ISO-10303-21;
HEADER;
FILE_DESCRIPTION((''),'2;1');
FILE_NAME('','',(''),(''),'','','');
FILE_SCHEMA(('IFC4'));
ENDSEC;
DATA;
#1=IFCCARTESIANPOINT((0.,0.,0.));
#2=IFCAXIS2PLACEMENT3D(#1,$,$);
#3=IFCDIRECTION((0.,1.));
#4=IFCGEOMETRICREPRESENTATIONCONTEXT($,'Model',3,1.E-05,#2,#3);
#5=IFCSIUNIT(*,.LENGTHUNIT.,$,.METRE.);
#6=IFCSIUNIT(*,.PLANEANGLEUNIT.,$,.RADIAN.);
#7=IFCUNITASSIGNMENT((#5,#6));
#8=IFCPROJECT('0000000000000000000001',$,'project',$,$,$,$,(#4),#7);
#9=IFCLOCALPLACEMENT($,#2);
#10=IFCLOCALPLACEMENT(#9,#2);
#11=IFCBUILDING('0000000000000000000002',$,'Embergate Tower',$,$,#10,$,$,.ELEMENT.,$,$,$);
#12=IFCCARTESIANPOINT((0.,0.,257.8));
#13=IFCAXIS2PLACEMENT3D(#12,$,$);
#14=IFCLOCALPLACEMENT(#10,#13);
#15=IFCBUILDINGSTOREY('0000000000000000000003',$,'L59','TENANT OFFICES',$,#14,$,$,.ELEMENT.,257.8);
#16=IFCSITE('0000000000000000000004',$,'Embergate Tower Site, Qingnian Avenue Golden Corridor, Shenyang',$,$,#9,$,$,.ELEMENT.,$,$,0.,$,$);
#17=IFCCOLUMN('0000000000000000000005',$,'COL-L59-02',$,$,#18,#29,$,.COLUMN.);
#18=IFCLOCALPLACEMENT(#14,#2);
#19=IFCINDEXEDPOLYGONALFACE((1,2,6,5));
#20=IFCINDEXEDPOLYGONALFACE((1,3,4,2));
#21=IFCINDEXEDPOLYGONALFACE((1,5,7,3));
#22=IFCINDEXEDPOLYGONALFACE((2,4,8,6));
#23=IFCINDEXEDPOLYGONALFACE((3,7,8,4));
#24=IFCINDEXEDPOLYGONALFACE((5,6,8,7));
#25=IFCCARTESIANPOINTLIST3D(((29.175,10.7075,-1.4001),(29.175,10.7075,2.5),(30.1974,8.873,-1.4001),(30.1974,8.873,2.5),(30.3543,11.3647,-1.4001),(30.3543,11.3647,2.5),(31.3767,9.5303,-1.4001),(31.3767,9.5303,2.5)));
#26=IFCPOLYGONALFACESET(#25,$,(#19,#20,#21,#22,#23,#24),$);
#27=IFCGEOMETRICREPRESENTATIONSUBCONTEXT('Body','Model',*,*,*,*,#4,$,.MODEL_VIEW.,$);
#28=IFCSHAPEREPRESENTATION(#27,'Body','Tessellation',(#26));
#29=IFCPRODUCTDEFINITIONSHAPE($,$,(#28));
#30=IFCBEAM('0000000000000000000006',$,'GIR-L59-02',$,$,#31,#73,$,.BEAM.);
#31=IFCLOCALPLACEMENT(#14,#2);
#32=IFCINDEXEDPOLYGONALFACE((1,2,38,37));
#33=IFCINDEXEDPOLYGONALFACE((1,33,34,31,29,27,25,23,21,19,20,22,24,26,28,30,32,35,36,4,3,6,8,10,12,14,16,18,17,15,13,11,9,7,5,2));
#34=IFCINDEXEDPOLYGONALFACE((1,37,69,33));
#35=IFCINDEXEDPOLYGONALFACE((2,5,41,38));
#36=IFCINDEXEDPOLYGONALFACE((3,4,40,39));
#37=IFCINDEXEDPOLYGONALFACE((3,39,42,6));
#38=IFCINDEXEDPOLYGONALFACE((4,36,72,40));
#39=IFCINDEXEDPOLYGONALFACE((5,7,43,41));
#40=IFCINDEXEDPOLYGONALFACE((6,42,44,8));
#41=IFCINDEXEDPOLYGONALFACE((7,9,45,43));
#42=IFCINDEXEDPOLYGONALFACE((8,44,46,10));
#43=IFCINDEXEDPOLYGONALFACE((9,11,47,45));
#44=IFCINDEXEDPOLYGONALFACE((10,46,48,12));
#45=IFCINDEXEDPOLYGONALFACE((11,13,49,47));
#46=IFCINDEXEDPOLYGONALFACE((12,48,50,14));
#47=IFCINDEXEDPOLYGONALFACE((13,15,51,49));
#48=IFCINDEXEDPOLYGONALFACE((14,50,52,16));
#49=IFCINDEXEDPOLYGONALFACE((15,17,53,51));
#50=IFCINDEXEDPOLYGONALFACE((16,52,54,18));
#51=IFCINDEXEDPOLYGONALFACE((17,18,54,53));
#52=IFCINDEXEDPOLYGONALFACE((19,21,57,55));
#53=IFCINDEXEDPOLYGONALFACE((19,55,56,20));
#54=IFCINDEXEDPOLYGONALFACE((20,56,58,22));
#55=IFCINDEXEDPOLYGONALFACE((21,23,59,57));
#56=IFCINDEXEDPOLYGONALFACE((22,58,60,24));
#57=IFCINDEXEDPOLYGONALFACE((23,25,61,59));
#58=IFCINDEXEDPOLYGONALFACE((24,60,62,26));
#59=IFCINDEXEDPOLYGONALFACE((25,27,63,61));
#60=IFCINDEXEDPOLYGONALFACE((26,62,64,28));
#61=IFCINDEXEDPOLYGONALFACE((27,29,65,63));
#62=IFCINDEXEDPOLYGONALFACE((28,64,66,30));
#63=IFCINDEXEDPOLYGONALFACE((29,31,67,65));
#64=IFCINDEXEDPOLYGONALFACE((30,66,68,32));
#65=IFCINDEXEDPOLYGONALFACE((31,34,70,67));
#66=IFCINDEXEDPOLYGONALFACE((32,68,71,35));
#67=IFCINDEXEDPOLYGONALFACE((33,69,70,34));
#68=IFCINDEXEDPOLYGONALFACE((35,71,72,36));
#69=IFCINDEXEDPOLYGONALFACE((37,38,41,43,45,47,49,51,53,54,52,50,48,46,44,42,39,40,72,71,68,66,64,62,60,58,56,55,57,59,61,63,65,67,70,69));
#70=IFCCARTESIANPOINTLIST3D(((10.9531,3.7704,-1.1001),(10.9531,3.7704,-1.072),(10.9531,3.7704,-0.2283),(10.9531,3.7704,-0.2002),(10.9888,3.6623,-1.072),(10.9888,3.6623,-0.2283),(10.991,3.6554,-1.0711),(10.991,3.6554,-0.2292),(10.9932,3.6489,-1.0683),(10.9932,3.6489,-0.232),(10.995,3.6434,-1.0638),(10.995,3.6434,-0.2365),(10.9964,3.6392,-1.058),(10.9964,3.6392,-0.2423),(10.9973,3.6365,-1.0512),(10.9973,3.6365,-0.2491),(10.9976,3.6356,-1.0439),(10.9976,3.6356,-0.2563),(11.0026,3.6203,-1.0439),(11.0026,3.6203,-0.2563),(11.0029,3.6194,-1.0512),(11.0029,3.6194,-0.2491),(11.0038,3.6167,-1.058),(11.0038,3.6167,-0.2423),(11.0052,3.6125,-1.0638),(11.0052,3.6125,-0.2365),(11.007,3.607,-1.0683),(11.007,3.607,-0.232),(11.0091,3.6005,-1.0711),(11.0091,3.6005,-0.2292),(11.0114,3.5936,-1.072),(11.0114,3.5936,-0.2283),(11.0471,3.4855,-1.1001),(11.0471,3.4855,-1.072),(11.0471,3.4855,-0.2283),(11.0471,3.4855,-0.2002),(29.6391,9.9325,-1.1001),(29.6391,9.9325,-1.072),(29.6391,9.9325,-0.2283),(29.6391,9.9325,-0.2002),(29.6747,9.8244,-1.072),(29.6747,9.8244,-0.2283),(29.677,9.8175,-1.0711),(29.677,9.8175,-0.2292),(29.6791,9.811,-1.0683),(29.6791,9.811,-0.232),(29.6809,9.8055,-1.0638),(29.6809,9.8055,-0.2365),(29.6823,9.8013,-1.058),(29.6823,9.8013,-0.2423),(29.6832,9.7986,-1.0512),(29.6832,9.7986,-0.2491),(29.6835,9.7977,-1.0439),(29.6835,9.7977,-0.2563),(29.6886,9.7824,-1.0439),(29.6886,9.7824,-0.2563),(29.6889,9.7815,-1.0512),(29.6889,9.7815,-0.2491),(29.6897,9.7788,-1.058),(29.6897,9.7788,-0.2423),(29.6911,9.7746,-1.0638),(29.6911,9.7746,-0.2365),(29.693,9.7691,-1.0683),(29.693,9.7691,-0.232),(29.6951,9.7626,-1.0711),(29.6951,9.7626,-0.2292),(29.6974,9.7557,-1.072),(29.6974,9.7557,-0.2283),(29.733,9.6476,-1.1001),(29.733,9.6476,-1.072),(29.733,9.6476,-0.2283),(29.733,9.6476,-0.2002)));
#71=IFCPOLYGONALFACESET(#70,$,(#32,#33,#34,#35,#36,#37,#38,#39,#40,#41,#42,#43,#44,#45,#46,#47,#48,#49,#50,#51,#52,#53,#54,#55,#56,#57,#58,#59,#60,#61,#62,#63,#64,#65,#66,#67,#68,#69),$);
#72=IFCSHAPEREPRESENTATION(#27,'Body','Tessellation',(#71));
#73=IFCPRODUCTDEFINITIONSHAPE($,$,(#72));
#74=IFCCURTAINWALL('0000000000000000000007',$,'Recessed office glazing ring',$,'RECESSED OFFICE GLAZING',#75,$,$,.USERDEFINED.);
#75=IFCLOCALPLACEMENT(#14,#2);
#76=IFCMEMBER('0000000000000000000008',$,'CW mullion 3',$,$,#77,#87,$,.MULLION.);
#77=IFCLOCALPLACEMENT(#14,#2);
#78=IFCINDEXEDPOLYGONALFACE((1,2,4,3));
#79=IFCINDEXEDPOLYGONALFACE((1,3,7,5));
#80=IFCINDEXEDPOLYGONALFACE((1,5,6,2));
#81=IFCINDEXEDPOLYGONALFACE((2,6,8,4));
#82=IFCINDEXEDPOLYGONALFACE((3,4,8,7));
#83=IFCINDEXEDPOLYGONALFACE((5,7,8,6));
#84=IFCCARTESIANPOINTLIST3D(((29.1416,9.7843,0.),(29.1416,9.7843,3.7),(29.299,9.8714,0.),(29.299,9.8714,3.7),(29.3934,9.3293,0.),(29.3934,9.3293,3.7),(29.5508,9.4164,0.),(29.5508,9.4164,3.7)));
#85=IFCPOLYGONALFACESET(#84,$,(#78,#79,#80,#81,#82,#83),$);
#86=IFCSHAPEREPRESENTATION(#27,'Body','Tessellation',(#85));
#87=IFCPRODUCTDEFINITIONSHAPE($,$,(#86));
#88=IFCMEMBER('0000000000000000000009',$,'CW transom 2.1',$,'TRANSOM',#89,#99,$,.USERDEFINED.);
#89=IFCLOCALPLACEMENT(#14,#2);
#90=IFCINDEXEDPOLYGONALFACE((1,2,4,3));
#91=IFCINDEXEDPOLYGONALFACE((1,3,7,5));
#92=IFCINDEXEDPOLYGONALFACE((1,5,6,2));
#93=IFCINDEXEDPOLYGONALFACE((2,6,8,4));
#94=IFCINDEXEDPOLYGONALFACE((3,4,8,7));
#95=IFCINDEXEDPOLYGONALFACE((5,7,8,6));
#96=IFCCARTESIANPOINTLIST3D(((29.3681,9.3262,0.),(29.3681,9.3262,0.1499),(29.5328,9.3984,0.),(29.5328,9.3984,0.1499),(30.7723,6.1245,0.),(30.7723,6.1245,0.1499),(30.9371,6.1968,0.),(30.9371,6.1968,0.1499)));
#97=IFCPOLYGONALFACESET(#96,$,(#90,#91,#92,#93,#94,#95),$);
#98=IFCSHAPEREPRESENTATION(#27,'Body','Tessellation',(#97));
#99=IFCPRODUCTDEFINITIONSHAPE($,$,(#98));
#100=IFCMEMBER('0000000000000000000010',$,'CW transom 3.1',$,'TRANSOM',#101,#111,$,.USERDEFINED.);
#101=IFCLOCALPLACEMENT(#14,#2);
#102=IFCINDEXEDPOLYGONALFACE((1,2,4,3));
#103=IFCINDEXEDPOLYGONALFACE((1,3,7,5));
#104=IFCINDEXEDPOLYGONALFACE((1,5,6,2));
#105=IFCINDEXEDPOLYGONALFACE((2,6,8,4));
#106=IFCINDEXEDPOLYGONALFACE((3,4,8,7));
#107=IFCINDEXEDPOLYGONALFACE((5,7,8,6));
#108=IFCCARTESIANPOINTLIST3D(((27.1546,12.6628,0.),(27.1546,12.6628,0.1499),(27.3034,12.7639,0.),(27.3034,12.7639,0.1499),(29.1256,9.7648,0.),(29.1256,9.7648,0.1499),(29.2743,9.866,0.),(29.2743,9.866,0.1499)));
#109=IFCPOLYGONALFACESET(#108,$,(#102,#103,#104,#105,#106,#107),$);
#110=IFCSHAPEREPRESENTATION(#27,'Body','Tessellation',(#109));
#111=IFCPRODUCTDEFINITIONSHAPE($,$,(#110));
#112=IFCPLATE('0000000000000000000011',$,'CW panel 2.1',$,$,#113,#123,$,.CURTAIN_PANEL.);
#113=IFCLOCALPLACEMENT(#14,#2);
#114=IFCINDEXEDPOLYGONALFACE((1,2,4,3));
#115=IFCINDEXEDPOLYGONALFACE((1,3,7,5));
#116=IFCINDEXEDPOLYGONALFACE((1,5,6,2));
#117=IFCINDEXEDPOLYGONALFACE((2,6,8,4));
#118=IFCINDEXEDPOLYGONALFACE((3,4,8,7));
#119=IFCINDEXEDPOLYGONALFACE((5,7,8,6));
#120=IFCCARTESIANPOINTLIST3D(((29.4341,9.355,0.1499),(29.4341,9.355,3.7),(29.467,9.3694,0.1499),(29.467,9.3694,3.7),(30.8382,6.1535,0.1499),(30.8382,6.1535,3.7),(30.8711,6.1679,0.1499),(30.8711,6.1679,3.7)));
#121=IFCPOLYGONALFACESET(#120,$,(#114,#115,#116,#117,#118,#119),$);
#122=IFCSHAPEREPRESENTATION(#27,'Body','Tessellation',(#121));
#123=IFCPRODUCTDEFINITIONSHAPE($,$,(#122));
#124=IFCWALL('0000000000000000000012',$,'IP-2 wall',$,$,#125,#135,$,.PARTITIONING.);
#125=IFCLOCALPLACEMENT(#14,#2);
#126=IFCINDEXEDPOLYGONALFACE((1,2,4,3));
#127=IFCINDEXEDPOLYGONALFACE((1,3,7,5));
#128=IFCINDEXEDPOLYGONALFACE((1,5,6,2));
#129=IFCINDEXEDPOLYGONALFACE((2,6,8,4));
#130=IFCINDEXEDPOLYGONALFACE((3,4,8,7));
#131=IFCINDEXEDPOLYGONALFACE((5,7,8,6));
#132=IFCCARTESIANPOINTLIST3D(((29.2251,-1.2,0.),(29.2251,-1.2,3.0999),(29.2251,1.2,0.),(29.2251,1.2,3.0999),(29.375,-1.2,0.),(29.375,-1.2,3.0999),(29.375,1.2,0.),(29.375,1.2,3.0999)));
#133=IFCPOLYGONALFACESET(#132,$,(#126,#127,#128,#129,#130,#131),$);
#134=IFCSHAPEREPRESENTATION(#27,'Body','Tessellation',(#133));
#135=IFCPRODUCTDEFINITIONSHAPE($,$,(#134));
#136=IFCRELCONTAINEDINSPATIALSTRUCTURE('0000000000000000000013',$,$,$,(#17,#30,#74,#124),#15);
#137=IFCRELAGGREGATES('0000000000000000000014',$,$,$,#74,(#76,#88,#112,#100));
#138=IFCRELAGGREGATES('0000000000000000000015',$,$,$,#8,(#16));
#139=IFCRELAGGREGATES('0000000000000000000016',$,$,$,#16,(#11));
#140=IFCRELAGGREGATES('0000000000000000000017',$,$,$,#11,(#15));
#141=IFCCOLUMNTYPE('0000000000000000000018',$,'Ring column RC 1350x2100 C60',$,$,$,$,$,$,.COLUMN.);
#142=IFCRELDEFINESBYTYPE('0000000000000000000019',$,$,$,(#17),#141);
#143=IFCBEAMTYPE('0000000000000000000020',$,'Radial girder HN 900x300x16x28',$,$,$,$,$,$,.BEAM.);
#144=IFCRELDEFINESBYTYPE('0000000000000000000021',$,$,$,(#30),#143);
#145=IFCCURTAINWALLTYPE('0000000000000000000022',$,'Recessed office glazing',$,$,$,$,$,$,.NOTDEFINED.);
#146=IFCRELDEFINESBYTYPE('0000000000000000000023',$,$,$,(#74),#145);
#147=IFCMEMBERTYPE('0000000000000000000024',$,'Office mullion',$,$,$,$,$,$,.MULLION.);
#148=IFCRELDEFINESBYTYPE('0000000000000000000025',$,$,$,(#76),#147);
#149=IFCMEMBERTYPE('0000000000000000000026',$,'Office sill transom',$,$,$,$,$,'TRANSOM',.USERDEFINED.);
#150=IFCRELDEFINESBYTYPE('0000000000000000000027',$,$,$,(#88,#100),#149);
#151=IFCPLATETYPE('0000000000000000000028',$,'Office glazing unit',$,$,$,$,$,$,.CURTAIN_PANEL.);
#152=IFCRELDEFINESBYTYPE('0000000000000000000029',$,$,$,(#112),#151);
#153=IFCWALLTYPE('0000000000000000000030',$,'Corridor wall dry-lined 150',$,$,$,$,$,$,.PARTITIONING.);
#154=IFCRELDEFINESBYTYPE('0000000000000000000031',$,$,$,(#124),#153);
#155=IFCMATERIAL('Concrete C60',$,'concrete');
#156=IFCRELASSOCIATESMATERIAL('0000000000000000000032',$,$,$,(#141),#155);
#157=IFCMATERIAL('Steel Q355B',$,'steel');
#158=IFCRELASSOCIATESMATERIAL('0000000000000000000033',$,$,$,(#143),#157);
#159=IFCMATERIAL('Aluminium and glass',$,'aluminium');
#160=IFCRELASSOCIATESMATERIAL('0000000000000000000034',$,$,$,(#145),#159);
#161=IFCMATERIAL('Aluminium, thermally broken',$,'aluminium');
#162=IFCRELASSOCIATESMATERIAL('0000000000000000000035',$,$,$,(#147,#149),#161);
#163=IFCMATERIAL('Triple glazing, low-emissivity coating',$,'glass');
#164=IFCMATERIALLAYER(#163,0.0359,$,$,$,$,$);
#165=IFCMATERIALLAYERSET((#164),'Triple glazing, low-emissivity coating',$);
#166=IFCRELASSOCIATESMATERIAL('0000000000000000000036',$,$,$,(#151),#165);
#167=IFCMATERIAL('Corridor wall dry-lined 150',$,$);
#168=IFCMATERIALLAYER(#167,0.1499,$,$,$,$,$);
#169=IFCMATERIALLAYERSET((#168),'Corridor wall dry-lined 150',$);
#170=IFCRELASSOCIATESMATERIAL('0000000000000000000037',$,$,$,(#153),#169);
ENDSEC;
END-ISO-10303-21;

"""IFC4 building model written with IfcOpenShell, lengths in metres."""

from ifc_helpers import new_model, si_unit, direction, frame, frame_2d, origin, origin_2d, place, context, subcontext, project, spatial, rectangle, i_section, extrude, source, transform, mapped, material, layer, layer_set, material_profile, profile_set, type_object, element, aggregate, save


model = new_model("IFC4")

# Units and contexts
model_context = context("Model", 3, precision=1e-05, world=origin(), true_north=direction((0.0, 1.0)))
body_context = subcontext(model_context, "Body", "Model", "MODEL_VIEW")
ifc_project = project(units=[si_unit("LENGTHUNIT", "METRE"), si_unit("PLANEANGLEUNIT", "RADIAN")], contexts=[model_context])

# Site, building, storey
site_placement = place(None, origin())
site = spatial("IfcSite", under=ifc_project, at=site_placement, Name="Embergate Tower Site, Qingnian Avenue Golden Corridor, Shenyang", CompositionType="ELEMENT", RefElevation=0.0)
building_placement = place(site_placement, origin())
building = spatial("IfcBuilding", under=site, at=building_placement, Name="Embergate Tower", CompositionType="ELEMENT")
storey_placement = place(building_placement, frame((0.0, 0.0, 257.8)))
storey = spatial("IfcBuildingStorey", under=building, at=storey_placement, Name="L59", Description="TENANT OFFICES", CompositionType="ELEMENT", Elevation=257.8)

# Column
ifc_material_1 = material(Name="Concrete C60", Category="concrete")
ifc_material_profile_1 = material_profile(ifc_material_1, rectangle(XDim=1.3501, YDim=2.1001, at=origin_2d()), Name="RC 1350x2100")
ifc_profile_set_1 = profile_set([ifc_material_profile_1], Name="Concrete C60")
column_type = type_object("IfcColumnType", Name="Ring column RC 1350x2100 C60", PredefinedType="COLUMN", material=ifc_profile_set_1)
shared_shape_1 = source(origin(), body_context, "Body", "SweptSolid", [
    extrude(rectangle(XDim=1.3501, YDim=2.1001, at=origin_2d()), origin(), (0.0, 0.0, 1.0), 3.9001),
])
column_placement = place(storey_placement, frame((30.2759, 10.1189, -1.4001), z_axis=(0.0, 0.0, 1.0), x_axis=(0.873492, 0.486839, 0.0)))
element("IfcColumn", 1, at=column_placement, inside=storey, type_object=column_type, Name="COL-L59-02", PredefinedType="COLUMN", context=body_context, shape_type="MappedRepresentation", body=[
    mapped(shared_shape_1, transform((0.0, 0.0, 0.0))),
])

# Beam
ifc_material_2 = material(Name="Steel Q355B", Category="steel")
ifc_material_profile_2 = material_profile(ifc_material_2, i_section(OverallWidth=0.3, OverallDepth=0.8999, WebThickness=0.0161, FlangeThickness=0.0281, FilletRadius=0.0281, at=origin_2d()), Name="HN 900x300x16x28")
ifc_profile_set_2 = profile_set([ifc_material_profile_2], Name="Steel Q355 grade B")
beam_type = type_object("IfcBeamType", Name="Radial girder HN 900x300x16x28", PredefinedType="BEAM", material=ifc_profile_set_2)
shared_shape_2 = source(origin(), body_context, "Body", "SweptSolid", [
    extrude(i_section(OverallWidth=0.3, OverallDepth=0.8999, WebThickness=0.0161, FlangeThickness=0.0281, FilletRadius=0.0281, at=origin_2d()), origin(), (0.0, 0.0, 1.0), 19.6758),
])
beam_placement = place(storey_placement, frame((29.686, 9.79, -0.6501), z_axis=(-0.949693, -0.313181, 0.0), x_axis=(0.313181, -0.949693, 0.0)))
element("IfcBeam", 2, at=beam_placement, inside=storey, type_object=beam_type, Name="GIR-L59-02", PredefinedType="BEAM", context=body_context, shape_type="MappedRepresentation", body=[
    mapped(shared_shape_2, transform((0.0, 0.0, 0.0))),
])

# Curtain wall, members, plate
ifc_material_3 = material(Name="Aluminium and glass", Category="aluminium")
curtain_wall_type = type_object("IfcCurtainWallType", Name="Recessed office glazing", PredefinedType="NOTDEFINED", material=ifc_material_3)
curtain_wall_placement = place(storey_placement, origin())
curtain_wall = element("IfcCurtainWall", 3, at=curtain_wall_placement, inside=storey, type_object=curtain_wall_type, Name="Recessed office glazing ring", ObjectType="RECESSED OFFICE GLAZING", PredefinedType="USERDEFINED")
ifc_material_4 = material(Name="Aluminium, thermally broken", Category="aluminium")
ifc_material_profile_3 = material_profile(ifc_material_4, rectangle(XDim=0.1799, YDim=0.52, at=origin_2d()), Name="AL 520x180")
ifc_profile_set_3 = profile_set([ifc_material_profile_3], Name="Aluminium, thermally broken")
member_type_1 = type_object("IfcMemberType", Name="Office mullion", PredefinedType="MULLION", material=ifc_profile_set_3)
shared_shape_3 = source(origin(), body_context, "Body", "SweptSolid", [
    extrude(rectangle(XDim=0.1799, YDim=0.52, at=origin_2d()), origin(), (0.0, 0.0, 1.0), 3.7),
])
member_1_placement = place(storey_placement, frame((29.3462, 9.6003, 0.0), z_axis=(0.0, 0.0, 1.0), x_axis=(-0.874994, -0.484133, 0.0)))
member_1 = element("IfcMember", 4, at=member_1_placement, type_object=member_type_1, Name="CW mullion 3", PredefinedType="MULLION", context=body_context, shape_type="MappedRepresentation", body=[
    mapped(shared_shape_3, transform((0.0, 0.0, 0.0))),
])
ifc_material_profile_4 = material_profile(ifc_material_4, rectangle(XDim=0.1799, YDim=0.1499, at=origin_2d()), Name="AL 150x180")
ifc_profile_set_4 = profile_set([ifc_material_profile_4], Name="Aluminium, thermally broken")
member_type_2 = type_object("IfcMemberType", Name="Office sill transom", ElementType="TRANSOM", PredefinedType="USERDEFINED", material=ifc_profile_set_4)
shared_shape_4 = source(origin(), body_context, "Body", "SweptSolid", [
    extrude(rectangle(XDim=0.1799, YDim=0.1499, at=origin_2d()), origin(), (0.0, 0.0, 1.0), 3.4961),
])
member_2_placement = place(storey_placement, frame((30.8547, 6.1606, 0.075), z_axis=(-0.401676, 0.915782, 0.0), x_axis=(-0.915782, -0.401676, 0.0)))
member_2 = element("IfcMember", 5, at=member_2_placement, type_object=member_type_2, Name="CW transom 2.1", ObjectType="TRANSOM", PredefinedType="USERDEFINED", context=body_context, shape_type="MappedRepresentation", body=[
    mapped(shared_shape_4, transform((0.0, 0.0, 0.0))),
])
shared_shape_5 = source(origin(), body_context, "Body", "SweptSolid", [
    extrude(rectangle(XDim=0.1799, YDim=0.1499, at=origin_2d()), origin(), (0.0, 0.0, 1.0), 3.5046),
])
member_3_placement = place(storey_placement, frame((29.2, 9.8154, 0.075), z_axis=(-0.562377, 0.826881, 0.0), x_axis=(-0.826881, -0.562377, 0.0)))
member_3 = element("IfcMember", 6, at=member_3_placement, type_object=member_type_2, Name="CW transom 3.1", ObjectType="TRANSOM", PredefinedType="USERDEFINED", context=body_context, shape_type="MappedRepresentation", body=[
    mapped(shared_shape_5, transform((0.0, 0.0, 0.0))),
])
ifc_material_5 = material(Name="Triple glazing, low-emissivity coating", Category="glass")
ifc_layer_1 = layer(ifc_material_5, 0.0359)
ifc_layer_set_1 = layer_set([ifc_layer_1], Name="Triple glazing, low-emissivity coating")
plate_type = type_object("IfcPlateType", Name="Office glazing unit", PredefinedType="CURTAIN_PANEL", material=ifc_layer_set_1)
shared_shape_6 = source(origin(), body_context, "Body", "SweptSolid", [
    extrude(rectangle(XDim=3.4958, YDim=0.0359, at=origin_2d()), origin(), (0.0, 0.0, 1.0), 3.55),
])
plate_placement = place(storey_placement, frame((30.1526, 7.7615, 0.1499), z_axis=(0.0, 0.0, 1.0), x_axis=(-0.401657, 0.91579, 0.0)))
plate = element("IfcPlate", 7, at=plate_placement, type_object=plate_type, Name="CW panel 2.1", PredefinedType="CURTAIN_PANEL", context=body_context, shape_type="MappedRepresentation", body=[
    mapped(shared_shape_6, transform((0.0, 0.0, 0.0))),
])
aggregate(curtain_wall, [member_1, member_2, plate, member_3])

# Wall
ifc_material_6 = material(Name="Corridor wall dry-lined 150")
ifc_layer_2 = layer(ifc_material_6, 0.1499)
ifc_layer_set_2 = layer_set([ifc_layer_2], Name="Corridor wall dry-lined 150")
wall_type_1 = type_object("IfcWallType", Name="Corridor wall dry-lined 150", PredefinedType="PARTITIONING", material=ifc_layer_set_2)
shared_shape_7 = source(origin(), body_context, "Body", "SweptSolid", [
    extrude(rectangle(XDim=2.3999, YDim=0.1499, at=frame_2d((1.2, 0.0))), origin(), (0.0, 0.0, 1.0), 3.0999),
])
wall_1_placement = place(storey_placement, frame((29.3, -1.2, 0.0), z_axis=(0.0, 0.0, 1.0), x_axis=(0.0, 1.0, 0.0)))
element("IfcWall", 8, at=wall_1_placement, inside=storey, type_object=wall_type_1, Name="IP-2 wall", PredefinedType="PARTITIONING", context=body_context, shape_type="MappedRepresentation", body=[
    mapped(shared_shape_7, transform((0.0, 0.0, 0.0))),
])

save(model, "model.ifc")
